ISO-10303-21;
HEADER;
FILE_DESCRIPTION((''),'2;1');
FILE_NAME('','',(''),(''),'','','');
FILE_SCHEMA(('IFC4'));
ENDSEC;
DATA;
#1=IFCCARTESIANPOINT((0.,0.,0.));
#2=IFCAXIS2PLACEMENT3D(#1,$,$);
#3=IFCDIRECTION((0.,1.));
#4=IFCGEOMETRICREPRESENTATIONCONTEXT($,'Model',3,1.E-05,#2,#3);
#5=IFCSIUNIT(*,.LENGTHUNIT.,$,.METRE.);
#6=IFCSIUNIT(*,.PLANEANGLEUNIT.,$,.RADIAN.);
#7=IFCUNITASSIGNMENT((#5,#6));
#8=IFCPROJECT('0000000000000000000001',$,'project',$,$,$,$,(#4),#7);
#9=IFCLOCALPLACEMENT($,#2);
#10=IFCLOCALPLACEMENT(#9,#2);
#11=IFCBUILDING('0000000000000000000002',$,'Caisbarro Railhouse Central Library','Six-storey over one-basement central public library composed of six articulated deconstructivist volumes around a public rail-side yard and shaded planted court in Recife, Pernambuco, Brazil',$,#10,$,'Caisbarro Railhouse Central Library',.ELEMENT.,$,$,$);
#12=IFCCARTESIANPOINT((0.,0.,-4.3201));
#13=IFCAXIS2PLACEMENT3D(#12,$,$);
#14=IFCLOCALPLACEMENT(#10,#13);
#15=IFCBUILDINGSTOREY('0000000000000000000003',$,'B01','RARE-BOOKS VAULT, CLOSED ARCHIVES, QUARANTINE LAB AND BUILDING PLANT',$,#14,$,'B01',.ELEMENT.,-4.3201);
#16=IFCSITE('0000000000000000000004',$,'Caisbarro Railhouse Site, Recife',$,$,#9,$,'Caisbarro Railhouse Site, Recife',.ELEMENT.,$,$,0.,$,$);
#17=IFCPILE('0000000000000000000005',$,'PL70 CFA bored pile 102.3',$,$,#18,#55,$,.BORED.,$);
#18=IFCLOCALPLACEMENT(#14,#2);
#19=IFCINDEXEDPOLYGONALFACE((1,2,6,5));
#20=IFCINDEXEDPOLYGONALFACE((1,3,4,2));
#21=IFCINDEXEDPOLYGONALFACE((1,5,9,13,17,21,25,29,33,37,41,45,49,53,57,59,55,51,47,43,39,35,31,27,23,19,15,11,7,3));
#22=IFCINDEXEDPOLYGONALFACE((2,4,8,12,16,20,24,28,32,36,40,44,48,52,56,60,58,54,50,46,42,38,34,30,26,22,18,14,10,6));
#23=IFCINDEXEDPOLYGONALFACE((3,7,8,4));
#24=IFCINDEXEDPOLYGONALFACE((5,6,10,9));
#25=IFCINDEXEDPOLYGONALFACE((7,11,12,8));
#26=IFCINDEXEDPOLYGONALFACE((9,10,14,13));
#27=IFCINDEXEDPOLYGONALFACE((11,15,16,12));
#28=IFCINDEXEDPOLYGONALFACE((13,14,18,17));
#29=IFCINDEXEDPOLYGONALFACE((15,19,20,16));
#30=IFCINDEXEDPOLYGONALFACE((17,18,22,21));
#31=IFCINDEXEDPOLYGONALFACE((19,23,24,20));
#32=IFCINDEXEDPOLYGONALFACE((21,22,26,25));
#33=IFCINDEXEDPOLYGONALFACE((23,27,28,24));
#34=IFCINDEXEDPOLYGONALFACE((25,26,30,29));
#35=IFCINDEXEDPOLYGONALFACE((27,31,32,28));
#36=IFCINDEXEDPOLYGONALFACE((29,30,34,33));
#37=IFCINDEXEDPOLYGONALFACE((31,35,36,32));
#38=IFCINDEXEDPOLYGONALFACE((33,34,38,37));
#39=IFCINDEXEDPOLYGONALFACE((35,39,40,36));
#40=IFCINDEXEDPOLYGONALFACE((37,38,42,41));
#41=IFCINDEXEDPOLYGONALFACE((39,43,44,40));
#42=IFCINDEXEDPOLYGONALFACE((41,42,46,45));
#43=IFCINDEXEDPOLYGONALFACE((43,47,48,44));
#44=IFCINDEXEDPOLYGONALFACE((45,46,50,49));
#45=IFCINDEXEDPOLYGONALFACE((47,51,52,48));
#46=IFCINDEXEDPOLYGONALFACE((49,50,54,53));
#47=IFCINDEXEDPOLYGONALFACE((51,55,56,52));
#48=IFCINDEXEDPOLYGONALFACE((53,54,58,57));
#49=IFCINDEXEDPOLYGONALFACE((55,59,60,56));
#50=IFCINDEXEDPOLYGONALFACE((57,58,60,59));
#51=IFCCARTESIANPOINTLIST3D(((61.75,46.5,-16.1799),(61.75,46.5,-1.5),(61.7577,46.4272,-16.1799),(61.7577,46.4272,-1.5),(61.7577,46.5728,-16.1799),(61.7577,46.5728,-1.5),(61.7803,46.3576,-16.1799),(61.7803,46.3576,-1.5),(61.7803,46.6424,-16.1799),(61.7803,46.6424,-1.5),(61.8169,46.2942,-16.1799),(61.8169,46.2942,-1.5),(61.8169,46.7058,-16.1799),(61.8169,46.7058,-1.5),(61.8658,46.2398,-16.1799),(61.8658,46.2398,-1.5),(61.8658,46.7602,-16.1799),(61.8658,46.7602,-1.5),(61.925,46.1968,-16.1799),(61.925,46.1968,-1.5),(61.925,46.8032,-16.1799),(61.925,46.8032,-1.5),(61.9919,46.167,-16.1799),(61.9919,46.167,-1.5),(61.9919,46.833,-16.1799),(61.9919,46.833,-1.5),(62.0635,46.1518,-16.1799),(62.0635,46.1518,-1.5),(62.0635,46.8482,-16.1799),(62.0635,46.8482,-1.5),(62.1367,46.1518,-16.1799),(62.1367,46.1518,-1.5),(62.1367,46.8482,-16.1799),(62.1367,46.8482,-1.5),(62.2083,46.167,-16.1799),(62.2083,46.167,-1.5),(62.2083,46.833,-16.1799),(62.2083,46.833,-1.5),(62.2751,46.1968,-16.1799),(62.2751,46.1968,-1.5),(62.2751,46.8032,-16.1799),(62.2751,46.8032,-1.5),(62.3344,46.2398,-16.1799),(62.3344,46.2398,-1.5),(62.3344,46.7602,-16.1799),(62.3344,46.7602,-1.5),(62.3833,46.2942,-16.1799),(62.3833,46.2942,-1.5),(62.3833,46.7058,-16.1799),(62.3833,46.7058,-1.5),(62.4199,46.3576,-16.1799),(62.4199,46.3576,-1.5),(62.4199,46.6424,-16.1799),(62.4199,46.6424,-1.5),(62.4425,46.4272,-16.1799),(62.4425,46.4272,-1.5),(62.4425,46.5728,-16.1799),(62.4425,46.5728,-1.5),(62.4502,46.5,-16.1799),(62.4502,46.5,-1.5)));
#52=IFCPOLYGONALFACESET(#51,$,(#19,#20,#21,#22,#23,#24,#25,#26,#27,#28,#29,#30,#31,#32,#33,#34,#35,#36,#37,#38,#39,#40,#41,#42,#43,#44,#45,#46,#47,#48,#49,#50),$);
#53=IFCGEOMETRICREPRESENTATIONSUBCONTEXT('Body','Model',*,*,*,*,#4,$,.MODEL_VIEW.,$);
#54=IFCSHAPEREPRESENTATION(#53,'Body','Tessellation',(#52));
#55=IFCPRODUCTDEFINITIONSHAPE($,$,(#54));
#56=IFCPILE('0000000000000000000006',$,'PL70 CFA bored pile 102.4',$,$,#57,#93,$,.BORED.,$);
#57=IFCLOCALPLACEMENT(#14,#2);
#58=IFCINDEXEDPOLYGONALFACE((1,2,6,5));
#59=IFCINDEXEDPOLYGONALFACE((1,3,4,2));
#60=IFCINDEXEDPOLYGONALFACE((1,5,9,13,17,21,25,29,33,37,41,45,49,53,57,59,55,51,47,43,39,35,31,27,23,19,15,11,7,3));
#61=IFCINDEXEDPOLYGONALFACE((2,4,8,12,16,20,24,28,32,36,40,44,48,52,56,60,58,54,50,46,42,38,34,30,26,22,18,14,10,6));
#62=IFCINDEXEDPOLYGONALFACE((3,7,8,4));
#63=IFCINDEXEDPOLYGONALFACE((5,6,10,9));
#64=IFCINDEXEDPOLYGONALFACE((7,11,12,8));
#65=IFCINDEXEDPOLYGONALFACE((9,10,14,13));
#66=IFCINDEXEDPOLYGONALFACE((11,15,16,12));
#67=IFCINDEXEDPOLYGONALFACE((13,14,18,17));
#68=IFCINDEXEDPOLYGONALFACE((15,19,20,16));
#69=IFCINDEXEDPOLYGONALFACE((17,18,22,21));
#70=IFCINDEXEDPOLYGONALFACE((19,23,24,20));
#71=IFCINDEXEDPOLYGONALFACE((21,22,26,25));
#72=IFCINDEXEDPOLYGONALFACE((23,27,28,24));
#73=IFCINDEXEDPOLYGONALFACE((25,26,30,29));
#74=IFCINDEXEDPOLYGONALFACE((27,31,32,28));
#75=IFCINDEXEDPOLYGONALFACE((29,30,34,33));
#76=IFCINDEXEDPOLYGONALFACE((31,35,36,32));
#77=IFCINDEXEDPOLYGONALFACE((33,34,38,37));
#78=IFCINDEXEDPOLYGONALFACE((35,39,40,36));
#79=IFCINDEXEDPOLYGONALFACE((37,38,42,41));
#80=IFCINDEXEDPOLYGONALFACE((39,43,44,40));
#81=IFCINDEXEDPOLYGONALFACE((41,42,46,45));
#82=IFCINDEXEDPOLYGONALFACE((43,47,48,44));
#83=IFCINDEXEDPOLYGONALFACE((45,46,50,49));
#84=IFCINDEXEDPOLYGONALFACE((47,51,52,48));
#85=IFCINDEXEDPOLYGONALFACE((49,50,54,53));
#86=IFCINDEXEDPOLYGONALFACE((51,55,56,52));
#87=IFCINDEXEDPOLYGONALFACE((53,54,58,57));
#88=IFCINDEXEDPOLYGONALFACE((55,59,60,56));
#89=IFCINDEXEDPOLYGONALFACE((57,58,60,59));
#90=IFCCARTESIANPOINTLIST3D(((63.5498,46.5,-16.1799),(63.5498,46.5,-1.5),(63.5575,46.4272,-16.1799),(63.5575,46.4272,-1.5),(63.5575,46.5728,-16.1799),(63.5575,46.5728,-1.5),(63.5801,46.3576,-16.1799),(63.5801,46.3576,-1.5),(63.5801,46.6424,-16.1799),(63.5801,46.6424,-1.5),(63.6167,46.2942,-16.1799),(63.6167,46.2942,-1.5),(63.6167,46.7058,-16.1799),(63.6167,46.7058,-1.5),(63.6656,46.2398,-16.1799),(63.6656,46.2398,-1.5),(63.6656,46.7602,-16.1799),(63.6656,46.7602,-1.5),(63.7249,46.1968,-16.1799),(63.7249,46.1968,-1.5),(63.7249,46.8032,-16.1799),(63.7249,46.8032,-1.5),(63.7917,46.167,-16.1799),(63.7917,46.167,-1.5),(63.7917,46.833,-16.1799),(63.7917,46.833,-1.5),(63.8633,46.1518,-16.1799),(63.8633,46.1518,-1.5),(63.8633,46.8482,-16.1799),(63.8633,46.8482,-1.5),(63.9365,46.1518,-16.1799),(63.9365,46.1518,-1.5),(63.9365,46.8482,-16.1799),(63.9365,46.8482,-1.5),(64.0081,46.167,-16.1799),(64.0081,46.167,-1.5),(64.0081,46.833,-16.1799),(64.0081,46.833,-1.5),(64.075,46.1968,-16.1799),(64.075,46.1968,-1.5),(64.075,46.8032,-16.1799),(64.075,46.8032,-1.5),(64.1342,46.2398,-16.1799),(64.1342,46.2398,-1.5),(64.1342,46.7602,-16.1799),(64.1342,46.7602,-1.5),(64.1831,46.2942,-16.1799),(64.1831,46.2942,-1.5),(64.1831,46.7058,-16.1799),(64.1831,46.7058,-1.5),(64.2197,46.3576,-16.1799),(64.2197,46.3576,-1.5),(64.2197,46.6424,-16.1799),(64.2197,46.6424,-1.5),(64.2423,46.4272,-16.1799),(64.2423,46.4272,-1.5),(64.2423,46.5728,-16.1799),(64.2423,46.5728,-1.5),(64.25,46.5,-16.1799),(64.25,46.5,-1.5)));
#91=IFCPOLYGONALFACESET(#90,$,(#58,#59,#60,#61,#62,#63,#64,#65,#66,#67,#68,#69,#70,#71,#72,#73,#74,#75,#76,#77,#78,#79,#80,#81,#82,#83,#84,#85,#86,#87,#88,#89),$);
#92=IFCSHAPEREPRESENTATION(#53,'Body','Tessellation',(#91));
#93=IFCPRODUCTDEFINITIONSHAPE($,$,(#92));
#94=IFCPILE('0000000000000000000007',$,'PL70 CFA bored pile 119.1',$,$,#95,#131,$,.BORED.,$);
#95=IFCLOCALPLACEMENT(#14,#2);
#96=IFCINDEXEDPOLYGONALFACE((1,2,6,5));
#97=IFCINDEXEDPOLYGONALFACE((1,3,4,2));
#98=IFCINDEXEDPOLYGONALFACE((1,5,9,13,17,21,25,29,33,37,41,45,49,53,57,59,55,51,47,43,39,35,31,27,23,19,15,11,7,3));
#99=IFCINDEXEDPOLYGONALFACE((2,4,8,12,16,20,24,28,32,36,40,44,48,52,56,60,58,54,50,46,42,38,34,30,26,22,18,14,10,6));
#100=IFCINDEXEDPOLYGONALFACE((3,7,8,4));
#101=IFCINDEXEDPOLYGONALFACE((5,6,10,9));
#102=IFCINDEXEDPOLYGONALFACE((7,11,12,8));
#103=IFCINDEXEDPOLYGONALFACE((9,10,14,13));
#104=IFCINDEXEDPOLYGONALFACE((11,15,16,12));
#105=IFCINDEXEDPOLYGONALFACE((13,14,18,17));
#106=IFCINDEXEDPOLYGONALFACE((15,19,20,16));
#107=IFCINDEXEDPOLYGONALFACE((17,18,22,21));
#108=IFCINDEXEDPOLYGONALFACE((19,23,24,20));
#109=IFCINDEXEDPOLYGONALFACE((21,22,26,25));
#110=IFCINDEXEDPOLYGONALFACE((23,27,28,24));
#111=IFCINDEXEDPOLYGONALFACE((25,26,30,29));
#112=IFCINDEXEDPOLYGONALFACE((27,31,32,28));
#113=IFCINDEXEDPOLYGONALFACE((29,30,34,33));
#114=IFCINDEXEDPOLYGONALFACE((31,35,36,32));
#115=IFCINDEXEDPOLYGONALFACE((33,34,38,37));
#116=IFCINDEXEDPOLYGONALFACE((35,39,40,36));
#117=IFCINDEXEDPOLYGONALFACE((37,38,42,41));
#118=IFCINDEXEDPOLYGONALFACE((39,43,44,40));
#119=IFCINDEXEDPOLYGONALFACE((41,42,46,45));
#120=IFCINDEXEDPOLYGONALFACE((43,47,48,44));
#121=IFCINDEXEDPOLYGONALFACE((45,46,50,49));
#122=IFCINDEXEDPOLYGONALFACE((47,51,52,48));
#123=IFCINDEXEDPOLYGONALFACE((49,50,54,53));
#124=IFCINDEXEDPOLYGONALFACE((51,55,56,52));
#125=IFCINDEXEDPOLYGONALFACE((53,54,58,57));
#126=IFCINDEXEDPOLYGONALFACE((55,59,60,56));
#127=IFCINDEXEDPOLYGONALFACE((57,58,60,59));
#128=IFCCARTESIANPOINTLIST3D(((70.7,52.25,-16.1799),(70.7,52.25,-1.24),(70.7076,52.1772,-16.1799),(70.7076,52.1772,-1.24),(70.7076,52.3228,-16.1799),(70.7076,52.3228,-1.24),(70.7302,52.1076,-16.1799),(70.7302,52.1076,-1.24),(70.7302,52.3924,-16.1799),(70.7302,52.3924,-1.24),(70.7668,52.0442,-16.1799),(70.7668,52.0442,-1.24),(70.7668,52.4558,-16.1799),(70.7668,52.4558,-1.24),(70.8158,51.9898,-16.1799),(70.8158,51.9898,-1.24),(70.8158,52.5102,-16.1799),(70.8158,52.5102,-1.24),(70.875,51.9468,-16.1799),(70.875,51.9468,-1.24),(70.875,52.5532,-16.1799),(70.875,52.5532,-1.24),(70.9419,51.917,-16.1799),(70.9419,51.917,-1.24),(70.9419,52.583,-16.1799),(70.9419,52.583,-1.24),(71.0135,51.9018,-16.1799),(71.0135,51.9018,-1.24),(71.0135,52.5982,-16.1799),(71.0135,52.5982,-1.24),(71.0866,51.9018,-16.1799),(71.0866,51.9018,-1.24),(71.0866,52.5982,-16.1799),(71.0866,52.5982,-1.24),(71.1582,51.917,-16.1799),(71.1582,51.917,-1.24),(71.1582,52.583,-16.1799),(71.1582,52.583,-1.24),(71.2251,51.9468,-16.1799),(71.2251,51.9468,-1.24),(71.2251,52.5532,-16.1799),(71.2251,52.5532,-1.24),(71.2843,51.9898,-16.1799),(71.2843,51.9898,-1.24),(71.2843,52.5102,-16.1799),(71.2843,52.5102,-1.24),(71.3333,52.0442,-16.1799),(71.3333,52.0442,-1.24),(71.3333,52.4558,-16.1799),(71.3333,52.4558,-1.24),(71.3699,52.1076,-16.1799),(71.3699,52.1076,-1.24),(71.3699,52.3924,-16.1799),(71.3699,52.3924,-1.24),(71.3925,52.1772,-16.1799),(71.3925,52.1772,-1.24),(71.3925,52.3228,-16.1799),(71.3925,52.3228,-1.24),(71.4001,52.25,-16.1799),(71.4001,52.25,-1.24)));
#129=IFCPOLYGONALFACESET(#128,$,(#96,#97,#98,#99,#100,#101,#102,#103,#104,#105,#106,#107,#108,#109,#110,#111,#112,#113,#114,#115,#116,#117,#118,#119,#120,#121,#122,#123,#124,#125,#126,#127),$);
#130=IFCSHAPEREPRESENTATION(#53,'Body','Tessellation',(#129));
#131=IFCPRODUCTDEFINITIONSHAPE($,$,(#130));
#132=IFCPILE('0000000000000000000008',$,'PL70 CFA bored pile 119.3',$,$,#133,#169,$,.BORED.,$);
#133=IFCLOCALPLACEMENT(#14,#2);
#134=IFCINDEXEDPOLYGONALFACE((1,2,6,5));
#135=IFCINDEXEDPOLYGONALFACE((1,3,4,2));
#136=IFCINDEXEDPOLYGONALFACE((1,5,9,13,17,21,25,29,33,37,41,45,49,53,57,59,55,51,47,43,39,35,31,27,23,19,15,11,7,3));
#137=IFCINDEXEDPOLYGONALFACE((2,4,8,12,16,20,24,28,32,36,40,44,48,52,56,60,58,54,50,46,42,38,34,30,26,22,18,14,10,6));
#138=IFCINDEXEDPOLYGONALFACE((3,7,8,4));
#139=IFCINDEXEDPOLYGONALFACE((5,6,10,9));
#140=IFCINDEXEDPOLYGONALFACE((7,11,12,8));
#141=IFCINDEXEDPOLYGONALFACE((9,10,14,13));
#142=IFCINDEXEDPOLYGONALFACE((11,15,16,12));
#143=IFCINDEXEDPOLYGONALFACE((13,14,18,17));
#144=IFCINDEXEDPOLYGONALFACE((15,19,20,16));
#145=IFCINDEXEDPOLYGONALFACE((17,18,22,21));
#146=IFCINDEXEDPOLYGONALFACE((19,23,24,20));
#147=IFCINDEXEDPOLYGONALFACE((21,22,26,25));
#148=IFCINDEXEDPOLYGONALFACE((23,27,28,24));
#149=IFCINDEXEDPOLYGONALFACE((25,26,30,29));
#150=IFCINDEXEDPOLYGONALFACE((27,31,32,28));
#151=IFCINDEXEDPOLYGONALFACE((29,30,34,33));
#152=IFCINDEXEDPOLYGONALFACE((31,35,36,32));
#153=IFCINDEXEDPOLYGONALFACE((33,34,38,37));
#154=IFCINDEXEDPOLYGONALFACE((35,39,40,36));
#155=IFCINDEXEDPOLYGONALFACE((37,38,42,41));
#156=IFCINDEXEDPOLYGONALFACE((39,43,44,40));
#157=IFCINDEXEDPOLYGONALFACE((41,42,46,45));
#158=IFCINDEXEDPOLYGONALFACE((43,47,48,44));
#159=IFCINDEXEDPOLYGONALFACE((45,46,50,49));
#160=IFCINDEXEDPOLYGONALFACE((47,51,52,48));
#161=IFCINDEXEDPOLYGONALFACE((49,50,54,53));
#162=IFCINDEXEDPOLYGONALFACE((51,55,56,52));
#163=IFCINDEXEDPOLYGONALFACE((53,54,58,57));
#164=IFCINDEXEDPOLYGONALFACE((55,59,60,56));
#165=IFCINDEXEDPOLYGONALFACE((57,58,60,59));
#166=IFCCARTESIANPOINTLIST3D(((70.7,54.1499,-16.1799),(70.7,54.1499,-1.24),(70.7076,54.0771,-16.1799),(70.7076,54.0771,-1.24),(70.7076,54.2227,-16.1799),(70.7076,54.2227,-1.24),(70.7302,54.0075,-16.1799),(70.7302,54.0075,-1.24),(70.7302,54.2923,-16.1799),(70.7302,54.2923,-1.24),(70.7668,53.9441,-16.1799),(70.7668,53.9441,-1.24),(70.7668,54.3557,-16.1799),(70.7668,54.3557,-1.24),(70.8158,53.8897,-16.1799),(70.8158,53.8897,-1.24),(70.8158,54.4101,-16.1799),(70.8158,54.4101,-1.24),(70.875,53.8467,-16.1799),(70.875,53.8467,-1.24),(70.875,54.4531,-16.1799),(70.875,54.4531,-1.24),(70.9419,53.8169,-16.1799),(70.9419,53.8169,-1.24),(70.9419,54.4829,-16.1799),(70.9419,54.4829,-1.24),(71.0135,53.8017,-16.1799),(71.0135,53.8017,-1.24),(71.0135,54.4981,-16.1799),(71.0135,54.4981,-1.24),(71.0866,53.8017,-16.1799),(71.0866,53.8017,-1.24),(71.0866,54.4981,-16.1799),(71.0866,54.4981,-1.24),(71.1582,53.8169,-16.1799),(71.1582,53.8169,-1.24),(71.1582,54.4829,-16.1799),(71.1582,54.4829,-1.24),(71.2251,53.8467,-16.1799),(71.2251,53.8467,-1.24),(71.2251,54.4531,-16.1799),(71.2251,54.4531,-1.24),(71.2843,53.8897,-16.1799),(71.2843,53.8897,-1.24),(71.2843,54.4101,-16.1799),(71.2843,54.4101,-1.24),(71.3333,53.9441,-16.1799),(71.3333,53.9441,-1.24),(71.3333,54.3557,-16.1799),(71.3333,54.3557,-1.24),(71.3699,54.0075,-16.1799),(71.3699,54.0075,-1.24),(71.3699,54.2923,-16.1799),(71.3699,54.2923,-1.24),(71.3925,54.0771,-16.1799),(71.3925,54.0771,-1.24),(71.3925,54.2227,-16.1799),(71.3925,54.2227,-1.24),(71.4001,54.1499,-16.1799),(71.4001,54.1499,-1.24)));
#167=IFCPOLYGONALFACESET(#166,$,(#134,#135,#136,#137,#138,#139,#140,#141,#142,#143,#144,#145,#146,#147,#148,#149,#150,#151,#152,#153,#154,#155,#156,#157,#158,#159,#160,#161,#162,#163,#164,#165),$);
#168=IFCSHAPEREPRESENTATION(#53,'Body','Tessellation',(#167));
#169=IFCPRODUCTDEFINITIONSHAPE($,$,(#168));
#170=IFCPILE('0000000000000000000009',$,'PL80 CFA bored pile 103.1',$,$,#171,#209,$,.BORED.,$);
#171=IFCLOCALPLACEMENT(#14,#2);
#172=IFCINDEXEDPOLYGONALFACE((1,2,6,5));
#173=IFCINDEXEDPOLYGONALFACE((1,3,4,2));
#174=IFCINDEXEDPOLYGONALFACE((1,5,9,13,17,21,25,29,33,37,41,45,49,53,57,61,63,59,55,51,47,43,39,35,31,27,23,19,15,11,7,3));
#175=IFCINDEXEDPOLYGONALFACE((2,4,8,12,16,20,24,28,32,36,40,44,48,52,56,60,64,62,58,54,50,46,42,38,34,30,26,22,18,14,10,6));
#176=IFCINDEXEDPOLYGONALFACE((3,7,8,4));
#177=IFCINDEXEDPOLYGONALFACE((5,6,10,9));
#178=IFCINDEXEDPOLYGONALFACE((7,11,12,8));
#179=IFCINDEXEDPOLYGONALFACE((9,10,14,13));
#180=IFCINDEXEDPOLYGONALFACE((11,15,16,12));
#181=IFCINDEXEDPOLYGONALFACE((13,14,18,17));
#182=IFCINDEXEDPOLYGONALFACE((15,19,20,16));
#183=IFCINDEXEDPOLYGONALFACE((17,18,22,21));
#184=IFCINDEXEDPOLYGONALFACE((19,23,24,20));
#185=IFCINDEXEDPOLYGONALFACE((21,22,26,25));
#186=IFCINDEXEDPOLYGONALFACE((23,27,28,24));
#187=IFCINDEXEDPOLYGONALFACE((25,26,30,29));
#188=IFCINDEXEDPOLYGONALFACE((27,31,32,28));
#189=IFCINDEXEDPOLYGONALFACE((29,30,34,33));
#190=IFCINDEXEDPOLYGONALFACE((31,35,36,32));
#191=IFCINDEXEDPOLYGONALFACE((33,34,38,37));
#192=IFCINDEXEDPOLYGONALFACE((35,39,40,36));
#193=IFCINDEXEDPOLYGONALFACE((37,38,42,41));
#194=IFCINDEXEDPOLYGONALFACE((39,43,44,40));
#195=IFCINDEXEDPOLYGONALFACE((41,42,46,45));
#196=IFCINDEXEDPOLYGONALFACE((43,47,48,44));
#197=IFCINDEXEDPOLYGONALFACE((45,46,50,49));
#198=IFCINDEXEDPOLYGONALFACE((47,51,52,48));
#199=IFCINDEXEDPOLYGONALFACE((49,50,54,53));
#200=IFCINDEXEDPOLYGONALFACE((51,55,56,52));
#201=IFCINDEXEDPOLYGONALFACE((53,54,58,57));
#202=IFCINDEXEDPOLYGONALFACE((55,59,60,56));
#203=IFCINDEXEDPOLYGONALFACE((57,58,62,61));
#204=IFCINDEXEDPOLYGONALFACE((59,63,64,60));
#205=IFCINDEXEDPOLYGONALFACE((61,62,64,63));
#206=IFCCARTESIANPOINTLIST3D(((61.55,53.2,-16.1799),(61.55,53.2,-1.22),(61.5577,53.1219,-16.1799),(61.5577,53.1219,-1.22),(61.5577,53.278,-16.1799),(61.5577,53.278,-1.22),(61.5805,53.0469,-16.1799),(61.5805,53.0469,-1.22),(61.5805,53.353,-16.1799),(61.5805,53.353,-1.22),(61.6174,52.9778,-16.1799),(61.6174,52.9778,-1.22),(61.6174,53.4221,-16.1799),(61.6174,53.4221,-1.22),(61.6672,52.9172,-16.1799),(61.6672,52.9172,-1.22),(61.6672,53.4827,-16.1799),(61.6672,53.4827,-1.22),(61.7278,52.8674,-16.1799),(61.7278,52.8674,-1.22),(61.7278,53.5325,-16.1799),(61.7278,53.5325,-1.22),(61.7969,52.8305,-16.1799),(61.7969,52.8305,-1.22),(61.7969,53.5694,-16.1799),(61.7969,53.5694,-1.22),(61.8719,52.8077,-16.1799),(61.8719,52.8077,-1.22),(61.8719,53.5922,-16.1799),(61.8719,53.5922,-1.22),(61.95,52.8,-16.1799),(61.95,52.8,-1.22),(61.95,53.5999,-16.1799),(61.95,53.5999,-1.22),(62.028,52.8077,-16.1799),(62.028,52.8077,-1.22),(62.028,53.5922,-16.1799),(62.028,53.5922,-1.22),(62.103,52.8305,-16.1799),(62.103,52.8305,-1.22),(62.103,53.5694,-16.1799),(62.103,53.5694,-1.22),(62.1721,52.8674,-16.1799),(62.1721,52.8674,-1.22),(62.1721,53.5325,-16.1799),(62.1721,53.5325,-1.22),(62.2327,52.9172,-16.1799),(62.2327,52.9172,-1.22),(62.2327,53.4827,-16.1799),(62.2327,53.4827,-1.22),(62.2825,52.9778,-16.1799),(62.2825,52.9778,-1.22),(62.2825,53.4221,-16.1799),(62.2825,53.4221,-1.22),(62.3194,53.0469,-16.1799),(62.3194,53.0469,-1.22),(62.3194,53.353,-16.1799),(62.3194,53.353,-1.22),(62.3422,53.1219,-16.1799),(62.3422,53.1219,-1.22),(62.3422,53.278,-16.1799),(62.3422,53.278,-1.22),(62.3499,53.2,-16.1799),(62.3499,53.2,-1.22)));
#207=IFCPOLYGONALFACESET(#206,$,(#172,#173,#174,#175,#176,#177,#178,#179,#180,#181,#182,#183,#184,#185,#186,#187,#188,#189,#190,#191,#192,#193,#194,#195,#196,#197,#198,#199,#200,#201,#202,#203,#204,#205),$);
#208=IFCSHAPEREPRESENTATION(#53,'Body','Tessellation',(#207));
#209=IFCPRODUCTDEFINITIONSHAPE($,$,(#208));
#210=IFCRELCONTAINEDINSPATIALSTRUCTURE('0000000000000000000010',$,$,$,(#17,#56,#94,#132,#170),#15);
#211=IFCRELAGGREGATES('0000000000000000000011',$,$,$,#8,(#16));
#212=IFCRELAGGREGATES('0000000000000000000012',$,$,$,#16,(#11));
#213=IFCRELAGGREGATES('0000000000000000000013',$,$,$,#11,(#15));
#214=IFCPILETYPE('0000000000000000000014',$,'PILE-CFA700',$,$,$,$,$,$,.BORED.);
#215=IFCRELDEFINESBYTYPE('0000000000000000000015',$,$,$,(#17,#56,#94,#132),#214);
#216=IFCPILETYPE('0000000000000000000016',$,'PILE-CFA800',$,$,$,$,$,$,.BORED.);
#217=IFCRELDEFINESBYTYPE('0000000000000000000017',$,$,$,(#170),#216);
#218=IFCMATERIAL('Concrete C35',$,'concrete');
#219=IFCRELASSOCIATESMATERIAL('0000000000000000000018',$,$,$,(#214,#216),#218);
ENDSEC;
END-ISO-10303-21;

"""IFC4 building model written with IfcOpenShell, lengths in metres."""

from ifc_helpers import new_model, si_unit, direction, frame, origin, origin_2d, place, context, subcontext, project, spatial, circle, extrude, material, material_profile, profile_set, type_object, element, save


model = new_model("IFC4")

# Units and contexts
model_context = context("Model", 3, precision=1e-05, world=origin(), true_north=direction((0.0, 1.0)))
body_context = subcontext(model_context, "Body", "Model", "MODEL_VIEW")
ifc_project = project(units=[si_unit("LENGTHUNIT", "METRE"), si_unit("PLANEANGLEUNIT", "RADIAN")], contexts=[model_context])

# Site, building, storey
site_placement = place(None, origin())
site = spatial("IfcSite", under=ifc_project, at=site_placement, Name="Caisbarro Railhouse Site, Recife", LongName="Caisbarro Railhouse Site, Recife", CompositionType="ELEMENT", RefElevation=0.0)
building_placement = place(site_placement, origin())
building = spatial("IfcBuilding", under=site, at=building_placement, Name="Caisbarro Railhouse Central Library", Description="Six-storey over one-basement central public library composed of six articulated deconstructivist volumes around a public rail-side yard and shaded planted court in Recife, Pernambuco, Brazil", LongName="Caisbarro Railhouse Central Library", CompositionType="ELEMENT")
storey_placement = place(building_placement, frame((0.0, 0.0, -4.3201)))
storey = spatial("IfcBuildingStorey", under=building, at=storey_placement, Name="B01", Description="RARE-BOOKS VAULT, CLOSED ARCHIVES, QUARANTINE LAB AND BUILDING PLANT", LongName="B01", CompositionType="ELEMENT", Elevation=-4.3201)

# Shared definitions
ifc_material_1 = material(Name="Concrete C35", Category="concrete")

# Piles
ifc_material_profile_1 = material_profile(ifc_material_1, circle(Radius=0.3501, at=origin_2d()), Name="PILE-CFA-700")
ifc_profile_set_1 = profile_set([ifc_material_profile_1], Name="Concrete C35")
pile_type_1 = type_object("IfcPileType", Name="PILE-CFA700", PredefinedType="BORED", material=ifc_profile_set_1)
for number, where, z_axis, x_axis, name in (
    (1, (62.1001, 46.5, -1.5), (0.0, 0.0, -1.0), (1.0, 0.0, 0.0), "PL70 CFA bored pile 102.3"),
    (2, (63.8999, 46.5, -1.5), (0.0, 0.0, -1.0), (1.0, 0.0, 0.0), "PL70 CFA bored pile 102.4"),
):
    element("IfcPile", number, at=place(storey_placement, frame(where, z_axis=z_axis, x_axis=x_axis)), inside=storey, type_object=pile_type_1, Name=name, PredefinedType="BORED", context=body_context, shape_type="SweptSolid", body=[
        extrude(circle(Radius=0.3501, at=origin_2d()), origin(), (0.0, 0.0, 1.0), 14.6799),
    ])
for number, where, z_axis, x_axis, name in (
    (3, (71.05, 52.25, -1.24), (0.0, 0.0, -1.0), (1.0, 0.0, 0.0), "PL70 CFA bored pile 119.1"),
    (4, (71.05, 54.1499, -1.24), (0.0, 0.0, -1.0), (1.0, 0.0, 0.0), "PL70 CFA bored pile 119.3"),
):
    element("IfcPile", number, at=place(storey_placement, frame(where, z_axis=z_axis, x_axis=x_axis)), inside=storey, type_object=pile_type_1, Name=name, PredefinedType="BORED", context=body_context, shape_type="SweptSolid", body=[
        extrude(circle(Radius=0.3501, at=origin_2d()), origin(), (0.0, 0.0, 1.0), 14.9399),
    ])
ifc_material_profile_2 = material_profile(ifc_material_1, circle(Radius=0.3999, at=origin_2d()), Name="PILE-CFA-800")
ifc_profile_set_2 = profile_set([ifc_material_profile_2], Name="Concrete C35")
pile_type_2 = type_object("IfcPileType", Name="PILE-CFA800", PredefinedType="BORED", material=ifc_profile_set_2)
for number, where, z_axis, x_axis, name in (
    (5, (61.95, 53.2, -1.22), (0.0, 0.0, -1.0), (1.0, 0.0, 0.0), "PL80 CFA bored pile 103.1"),
):
    element("IfcPile", number, at=place(storey_placement, frame(where, z_axis=z_axis, x_axis=x_axis)), inside=storey, type_object=pile_type_2, Name=name, PredefinedType="BORED", context=body_context, shape_type="SweptSolid", body=[
        extrude(circle(Radius=0.3999, at=origin_2d()), origin(), (0.0, 0.0, 1.0), 14.96),
    ])

save(model, "model.ifc")
